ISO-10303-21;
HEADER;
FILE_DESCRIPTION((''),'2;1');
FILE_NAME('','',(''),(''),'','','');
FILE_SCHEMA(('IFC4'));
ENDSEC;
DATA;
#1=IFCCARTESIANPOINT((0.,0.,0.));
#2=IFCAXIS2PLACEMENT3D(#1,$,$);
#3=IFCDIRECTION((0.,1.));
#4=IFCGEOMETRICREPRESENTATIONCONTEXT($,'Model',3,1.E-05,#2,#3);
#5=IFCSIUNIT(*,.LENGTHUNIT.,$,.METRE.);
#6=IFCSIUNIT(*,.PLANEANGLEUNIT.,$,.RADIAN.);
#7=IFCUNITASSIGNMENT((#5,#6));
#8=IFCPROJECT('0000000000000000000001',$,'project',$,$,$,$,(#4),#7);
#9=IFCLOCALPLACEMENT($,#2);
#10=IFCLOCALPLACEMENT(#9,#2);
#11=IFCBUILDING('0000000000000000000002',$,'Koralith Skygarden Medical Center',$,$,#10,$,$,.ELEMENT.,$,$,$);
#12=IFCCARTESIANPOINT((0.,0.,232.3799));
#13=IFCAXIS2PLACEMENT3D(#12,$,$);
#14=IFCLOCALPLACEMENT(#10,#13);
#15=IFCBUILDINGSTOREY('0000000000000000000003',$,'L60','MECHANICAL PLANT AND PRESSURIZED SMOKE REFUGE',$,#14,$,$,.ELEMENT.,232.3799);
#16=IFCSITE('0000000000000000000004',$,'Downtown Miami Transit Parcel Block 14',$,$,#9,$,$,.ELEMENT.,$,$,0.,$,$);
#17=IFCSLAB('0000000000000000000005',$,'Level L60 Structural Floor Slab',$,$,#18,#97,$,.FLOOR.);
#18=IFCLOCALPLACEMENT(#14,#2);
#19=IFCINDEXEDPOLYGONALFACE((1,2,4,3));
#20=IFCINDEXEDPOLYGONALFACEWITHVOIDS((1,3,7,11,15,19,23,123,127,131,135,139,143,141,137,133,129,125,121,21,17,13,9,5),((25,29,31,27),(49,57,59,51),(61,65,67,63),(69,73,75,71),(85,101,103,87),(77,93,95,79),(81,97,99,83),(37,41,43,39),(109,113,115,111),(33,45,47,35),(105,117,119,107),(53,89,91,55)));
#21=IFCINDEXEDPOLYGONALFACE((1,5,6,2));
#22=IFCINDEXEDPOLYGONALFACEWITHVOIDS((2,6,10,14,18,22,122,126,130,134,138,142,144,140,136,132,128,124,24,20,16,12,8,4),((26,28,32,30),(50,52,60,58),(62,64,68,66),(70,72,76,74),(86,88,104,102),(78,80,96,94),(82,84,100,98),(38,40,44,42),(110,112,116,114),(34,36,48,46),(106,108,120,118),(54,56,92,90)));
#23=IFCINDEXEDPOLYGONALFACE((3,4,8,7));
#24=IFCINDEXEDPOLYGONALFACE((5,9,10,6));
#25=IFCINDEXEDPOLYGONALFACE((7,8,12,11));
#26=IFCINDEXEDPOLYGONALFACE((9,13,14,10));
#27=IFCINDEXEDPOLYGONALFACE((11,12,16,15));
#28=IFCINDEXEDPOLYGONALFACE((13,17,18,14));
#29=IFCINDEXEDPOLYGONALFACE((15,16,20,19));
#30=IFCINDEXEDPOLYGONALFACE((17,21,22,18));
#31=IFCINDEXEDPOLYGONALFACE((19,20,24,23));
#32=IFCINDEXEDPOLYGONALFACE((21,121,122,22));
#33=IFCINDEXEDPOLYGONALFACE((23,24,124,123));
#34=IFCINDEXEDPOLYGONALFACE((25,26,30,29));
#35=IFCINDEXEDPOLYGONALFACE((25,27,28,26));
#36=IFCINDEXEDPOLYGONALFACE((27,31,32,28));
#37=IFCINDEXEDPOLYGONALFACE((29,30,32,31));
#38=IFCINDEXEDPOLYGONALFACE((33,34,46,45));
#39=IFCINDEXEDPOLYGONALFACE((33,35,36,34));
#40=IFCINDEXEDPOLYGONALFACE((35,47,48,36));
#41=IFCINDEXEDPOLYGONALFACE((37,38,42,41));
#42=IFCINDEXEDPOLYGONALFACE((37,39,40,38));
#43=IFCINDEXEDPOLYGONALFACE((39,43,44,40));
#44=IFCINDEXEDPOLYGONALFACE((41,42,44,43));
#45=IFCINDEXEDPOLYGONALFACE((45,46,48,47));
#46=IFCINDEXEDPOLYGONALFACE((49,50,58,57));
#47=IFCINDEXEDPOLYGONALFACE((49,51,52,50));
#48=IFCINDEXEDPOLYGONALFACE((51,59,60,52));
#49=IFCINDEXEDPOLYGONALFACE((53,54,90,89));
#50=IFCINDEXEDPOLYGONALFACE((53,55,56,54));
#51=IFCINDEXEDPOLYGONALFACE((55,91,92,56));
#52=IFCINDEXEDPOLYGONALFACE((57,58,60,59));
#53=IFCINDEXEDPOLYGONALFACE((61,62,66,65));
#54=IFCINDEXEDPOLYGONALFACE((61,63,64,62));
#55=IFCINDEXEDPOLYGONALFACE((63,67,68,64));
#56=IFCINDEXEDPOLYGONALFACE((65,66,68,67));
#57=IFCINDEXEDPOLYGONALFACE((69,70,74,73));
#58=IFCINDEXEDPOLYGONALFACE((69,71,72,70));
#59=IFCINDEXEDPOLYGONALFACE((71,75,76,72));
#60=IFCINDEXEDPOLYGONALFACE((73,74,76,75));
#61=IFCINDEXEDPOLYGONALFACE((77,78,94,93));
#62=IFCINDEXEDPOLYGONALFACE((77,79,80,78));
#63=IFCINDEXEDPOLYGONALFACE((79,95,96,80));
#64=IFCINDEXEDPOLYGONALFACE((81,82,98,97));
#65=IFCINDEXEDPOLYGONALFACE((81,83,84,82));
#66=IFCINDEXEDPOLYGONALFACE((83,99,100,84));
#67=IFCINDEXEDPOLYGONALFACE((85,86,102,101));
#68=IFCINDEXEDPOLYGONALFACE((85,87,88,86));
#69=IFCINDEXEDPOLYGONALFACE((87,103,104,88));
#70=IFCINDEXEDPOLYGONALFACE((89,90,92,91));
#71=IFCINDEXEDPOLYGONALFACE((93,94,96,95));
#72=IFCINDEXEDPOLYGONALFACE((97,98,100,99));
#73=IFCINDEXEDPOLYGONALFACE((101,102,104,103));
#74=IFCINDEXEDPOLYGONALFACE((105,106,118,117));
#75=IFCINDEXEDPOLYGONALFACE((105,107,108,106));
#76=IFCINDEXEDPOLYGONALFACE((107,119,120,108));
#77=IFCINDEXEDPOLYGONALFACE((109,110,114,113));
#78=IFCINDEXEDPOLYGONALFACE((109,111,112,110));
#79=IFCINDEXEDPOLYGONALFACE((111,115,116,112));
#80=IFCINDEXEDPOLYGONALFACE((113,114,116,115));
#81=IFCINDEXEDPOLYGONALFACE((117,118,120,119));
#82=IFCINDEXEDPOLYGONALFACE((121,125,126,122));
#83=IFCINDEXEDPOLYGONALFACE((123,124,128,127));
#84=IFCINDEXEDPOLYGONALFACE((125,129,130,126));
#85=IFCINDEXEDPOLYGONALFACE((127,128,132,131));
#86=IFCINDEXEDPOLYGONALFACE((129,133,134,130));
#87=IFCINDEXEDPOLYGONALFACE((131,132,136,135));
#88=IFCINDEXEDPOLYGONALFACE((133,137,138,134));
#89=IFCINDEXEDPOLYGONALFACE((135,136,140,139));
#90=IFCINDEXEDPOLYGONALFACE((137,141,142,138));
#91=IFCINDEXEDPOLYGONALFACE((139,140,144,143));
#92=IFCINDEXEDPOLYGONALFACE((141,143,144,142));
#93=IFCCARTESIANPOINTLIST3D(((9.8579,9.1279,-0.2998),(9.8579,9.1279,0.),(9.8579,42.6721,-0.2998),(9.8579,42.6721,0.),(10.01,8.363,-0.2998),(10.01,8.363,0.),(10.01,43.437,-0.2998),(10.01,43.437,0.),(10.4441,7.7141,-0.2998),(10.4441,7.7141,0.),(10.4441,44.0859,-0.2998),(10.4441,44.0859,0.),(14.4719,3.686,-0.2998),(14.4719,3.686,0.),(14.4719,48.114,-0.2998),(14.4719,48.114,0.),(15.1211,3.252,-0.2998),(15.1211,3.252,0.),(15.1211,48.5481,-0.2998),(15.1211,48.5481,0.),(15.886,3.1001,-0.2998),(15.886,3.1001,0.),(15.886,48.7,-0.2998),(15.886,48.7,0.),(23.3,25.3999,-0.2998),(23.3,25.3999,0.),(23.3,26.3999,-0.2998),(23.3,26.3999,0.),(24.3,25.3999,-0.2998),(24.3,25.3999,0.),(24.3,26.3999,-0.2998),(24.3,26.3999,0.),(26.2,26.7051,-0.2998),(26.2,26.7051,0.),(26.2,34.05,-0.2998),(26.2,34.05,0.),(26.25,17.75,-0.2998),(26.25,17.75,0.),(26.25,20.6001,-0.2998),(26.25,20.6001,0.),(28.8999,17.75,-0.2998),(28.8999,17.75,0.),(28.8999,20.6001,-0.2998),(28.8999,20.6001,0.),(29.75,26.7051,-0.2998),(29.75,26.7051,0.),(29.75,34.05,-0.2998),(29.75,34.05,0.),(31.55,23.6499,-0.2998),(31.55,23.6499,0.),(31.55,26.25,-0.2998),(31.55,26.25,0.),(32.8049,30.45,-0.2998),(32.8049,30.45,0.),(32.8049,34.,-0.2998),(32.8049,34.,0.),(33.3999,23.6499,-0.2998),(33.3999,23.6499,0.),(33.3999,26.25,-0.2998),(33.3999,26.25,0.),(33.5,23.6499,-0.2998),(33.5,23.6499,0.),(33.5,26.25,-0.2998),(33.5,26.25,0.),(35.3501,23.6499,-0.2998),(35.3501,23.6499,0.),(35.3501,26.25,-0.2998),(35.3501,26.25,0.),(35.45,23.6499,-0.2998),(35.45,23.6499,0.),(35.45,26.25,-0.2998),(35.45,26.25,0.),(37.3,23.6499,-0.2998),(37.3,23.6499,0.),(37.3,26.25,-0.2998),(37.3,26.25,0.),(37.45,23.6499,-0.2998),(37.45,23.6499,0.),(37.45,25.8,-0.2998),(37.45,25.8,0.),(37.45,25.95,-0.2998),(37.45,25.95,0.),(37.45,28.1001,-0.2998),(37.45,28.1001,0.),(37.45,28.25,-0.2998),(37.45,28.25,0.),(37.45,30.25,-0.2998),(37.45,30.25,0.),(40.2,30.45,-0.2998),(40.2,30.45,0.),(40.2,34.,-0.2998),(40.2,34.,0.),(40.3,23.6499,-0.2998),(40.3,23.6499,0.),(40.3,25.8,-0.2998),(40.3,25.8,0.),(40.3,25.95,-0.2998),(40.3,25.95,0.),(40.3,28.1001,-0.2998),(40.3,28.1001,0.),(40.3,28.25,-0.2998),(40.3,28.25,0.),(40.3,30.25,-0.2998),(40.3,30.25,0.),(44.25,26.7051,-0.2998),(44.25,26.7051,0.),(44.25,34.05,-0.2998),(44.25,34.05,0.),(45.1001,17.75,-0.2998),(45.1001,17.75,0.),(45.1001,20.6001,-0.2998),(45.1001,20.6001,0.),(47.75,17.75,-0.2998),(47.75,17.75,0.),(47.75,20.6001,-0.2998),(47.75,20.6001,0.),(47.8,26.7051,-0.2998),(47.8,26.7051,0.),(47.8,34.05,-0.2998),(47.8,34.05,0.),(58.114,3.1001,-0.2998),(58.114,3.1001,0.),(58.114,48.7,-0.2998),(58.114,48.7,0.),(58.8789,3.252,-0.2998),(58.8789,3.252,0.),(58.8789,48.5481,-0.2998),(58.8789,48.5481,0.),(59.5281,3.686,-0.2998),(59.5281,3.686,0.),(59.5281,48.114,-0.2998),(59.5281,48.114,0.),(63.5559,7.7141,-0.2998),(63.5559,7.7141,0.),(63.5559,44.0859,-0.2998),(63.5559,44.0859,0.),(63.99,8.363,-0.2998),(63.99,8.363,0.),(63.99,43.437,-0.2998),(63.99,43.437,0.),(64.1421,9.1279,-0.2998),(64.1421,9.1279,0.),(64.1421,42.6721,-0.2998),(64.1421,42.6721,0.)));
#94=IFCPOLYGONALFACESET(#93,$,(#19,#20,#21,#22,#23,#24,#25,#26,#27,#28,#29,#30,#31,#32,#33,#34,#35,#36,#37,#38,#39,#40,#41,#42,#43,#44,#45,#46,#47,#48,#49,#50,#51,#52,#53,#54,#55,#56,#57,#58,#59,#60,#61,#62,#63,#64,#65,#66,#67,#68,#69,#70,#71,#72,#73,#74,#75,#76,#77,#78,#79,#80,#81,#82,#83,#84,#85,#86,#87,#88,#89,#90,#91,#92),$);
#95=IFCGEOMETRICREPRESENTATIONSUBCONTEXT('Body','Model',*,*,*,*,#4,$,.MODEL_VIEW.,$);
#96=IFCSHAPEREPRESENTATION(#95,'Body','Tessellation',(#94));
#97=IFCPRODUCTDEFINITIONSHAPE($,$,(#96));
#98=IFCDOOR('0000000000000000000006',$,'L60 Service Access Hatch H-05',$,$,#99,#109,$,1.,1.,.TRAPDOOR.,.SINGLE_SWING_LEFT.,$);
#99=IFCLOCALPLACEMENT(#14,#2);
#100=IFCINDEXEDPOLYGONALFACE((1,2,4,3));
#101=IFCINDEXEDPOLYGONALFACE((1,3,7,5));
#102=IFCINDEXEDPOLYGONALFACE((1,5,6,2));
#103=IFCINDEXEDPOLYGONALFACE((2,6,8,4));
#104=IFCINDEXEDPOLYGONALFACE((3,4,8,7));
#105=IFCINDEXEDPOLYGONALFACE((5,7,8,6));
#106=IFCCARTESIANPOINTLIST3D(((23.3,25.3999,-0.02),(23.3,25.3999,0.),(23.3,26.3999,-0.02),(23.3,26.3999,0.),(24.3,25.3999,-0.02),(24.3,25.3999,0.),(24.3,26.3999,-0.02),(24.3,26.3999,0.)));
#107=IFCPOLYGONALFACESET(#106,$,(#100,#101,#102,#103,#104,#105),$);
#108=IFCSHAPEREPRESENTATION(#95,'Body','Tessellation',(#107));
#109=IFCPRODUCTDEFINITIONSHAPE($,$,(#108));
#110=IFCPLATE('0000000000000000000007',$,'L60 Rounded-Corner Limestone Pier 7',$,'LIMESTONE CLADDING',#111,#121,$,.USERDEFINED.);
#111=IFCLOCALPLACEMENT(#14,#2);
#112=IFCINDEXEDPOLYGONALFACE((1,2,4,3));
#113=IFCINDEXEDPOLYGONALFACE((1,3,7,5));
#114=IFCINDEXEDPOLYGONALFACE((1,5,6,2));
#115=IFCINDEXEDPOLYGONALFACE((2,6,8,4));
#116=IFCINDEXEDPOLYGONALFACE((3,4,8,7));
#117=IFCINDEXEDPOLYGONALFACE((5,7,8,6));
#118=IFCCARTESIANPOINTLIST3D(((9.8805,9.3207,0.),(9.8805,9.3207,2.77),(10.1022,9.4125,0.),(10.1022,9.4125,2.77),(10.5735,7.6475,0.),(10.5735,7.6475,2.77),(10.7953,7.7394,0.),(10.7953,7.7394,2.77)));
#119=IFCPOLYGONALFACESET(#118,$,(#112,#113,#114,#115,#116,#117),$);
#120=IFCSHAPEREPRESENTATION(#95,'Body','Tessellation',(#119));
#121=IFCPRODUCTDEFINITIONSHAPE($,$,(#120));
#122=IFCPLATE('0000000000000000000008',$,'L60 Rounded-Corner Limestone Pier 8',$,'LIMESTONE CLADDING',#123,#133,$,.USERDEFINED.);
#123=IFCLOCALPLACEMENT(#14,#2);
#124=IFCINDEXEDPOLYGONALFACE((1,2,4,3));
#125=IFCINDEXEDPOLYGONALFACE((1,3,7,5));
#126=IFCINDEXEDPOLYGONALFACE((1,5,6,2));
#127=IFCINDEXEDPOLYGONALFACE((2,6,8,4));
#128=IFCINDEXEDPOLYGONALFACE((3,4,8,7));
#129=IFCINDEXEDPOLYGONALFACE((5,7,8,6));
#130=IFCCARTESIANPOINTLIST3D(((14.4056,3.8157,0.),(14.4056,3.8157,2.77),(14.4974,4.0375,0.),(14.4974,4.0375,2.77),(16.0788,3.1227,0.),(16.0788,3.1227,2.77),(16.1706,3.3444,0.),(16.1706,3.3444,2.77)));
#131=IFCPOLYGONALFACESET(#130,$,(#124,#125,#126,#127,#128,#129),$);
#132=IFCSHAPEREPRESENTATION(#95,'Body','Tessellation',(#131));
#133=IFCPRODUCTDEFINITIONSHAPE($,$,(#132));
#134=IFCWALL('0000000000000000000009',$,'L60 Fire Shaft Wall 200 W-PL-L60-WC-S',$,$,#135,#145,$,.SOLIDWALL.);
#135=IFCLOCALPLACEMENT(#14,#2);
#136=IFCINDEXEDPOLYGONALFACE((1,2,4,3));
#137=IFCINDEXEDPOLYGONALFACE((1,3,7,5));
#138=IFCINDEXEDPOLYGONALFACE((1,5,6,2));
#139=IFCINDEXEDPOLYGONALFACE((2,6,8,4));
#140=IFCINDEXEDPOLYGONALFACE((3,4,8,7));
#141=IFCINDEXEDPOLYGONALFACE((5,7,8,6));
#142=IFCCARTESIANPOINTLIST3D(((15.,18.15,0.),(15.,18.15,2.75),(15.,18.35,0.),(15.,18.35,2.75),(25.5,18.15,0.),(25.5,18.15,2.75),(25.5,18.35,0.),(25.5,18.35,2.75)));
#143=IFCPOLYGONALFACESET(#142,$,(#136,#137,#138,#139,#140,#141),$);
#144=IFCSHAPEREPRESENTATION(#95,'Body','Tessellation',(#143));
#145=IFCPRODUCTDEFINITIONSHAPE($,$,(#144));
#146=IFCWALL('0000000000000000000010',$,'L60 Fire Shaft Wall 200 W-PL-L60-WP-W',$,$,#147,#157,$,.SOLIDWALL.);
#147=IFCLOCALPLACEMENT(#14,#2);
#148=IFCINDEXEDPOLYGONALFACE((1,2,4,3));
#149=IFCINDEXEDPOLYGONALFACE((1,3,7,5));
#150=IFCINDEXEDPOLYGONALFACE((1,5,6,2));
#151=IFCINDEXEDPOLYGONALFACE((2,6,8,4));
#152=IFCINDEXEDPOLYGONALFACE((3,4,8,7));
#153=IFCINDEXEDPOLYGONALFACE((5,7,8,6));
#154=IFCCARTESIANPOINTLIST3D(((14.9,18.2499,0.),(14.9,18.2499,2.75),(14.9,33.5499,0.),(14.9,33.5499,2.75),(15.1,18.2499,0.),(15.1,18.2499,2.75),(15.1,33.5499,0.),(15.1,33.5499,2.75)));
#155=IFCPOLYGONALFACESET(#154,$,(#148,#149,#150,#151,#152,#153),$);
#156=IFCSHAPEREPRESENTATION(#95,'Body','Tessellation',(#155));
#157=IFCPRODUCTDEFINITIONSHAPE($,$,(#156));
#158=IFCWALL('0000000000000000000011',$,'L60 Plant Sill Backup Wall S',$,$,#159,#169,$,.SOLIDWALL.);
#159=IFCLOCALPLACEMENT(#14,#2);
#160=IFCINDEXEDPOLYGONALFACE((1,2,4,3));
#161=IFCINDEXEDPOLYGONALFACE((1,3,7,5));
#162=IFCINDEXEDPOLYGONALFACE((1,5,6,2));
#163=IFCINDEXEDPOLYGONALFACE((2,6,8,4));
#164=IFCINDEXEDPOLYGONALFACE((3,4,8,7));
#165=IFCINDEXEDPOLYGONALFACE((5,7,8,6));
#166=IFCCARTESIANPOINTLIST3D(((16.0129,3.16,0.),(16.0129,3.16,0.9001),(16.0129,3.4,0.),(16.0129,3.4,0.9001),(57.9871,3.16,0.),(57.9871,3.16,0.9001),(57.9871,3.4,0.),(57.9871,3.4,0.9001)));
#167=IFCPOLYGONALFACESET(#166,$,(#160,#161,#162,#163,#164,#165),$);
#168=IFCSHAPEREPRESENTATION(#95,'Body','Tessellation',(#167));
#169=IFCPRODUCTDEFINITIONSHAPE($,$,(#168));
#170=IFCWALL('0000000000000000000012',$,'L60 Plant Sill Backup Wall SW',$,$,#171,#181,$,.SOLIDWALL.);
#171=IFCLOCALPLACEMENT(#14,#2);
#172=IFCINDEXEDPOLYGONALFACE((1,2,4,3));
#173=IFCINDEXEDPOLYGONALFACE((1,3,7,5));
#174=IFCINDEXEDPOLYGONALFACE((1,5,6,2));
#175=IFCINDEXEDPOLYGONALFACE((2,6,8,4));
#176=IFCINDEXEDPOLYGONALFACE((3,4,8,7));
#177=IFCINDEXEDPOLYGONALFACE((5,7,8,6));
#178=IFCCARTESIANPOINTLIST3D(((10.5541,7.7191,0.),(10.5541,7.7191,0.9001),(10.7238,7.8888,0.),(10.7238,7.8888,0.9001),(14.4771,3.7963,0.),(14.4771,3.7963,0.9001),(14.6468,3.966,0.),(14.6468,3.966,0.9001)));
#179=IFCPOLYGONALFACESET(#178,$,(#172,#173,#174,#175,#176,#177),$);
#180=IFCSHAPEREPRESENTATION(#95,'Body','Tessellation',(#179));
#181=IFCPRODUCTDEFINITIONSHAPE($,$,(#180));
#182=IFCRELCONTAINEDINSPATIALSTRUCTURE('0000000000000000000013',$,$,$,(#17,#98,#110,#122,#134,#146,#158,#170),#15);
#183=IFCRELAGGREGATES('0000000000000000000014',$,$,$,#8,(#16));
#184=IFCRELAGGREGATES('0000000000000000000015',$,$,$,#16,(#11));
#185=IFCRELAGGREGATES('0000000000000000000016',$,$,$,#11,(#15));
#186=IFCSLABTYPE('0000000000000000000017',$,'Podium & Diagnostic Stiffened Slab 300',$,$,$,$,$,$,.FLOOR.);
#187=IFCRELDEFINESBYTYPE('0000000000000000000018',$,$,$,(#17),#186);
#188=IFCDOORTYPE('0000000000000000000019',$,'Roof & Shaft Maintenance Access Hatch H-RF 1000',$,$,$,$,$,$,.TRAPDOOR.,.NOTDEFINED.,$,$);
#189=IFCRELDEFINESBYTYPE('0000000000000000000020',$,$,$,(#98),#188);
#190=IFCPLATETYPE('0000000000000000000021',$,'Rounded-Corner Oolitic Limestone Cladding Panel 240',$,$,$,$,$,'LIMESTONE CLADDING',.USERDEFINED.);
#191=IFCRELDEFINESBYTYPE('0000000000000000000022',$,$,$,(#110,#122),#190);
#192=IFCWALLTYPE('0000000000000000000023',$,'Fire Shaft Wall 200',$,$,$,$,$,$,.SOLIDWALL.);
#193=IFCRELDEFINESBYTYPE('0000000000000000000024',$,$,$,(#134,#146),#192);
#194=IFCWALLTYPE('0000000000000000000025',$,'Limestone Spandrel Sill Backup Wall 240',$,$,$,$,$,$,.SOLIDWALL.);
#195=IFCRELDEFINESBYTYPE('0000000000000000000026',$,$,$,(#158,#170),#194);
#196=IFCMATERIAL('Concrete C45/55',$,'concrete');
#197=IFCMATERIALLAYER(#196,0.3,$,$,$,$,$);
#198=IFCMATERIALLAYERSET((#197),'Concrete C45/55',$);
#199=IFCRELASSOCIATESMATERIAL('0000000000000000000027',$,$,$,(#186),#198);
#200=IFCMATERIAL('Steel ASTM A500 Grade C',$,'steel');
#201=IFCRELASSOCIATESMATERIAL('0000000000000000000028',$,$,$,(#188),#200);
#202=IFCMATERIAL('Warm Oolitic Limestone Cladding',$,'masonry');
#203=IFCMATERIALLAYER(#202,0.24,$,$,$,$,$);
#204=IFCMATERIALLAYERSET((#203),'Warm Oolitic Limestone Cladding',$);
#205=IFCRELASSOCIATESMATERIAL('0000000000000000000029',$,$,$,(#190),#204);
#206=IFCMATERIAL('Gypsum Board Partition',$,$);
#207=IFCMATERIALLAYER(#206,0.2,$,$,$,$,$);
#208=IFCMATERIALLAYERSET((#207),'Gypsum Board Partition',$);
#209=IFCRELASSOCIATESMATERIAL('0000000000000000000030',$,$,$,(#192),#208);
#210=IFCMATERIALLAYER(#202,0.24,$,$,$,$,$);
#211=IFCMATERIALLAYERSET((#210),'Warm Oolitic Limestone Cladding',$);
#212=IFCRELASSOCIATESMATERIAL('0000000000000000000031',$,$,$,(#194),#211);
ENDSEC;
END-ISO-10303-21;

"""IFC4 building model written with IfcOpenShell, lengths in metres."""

from ifc_helpers import new_model, si_unit, direction, frame, frame_2d, origin, origin_2d, place, context, subcontext, project, spatial, polyline, rectangle, outline, extrude, material, layer, layer_set, type_object, element, fill, save


model = new_model("IFC4")

# Units and contexts
model_context = context("Model", 3, precision=1e-05, world=origin(), true_north=direction((0.0, 1.0)))
body_context = subcontext(model_context, "Body", "Model", "MODEL_VIEW")
ifc_project = project(units=[si_unit("LENGTHUNIT", "METRE"), si_unit("PLANEANGLEUNIT", "RADIAN")], contexts=[model_context])

# Site, building, storey
site_placement = place(None, origin())
site = spatial("IfcSite", under=ifc_project, at=site_placement, Name="Downtown Miami Transit Parcel Block 14", CompositionType="ELEMENT", RefElevation=0.0)
building_placement = place(site_placement, origin())
building = spatial("IfcBuilding", under=site, at=building_placement, Name="Koralith Skygarden Medical Center", CompositionType="ELEMENT")
storey_placement = place(building_placement, frame((0.0, 0.0, 232.3799)))
storey = spatial("IfcBuildingStorey", under=building, at=storey_placement, Name="L60", Description="MECHANICAL PLANT AND PRESSURIZED SMOKE REFUGE", CompositionType="ELEMENT", Elevation=232.3799)

# Shared definitions
ifc_material_1 = material(Name="Steel ASTM A500 Grade C", Category="steel")

# Shared definitions
ifc_material_2 = material(Name="Concrete C45/55", Category="concrete")

# Slab, opening, door
ifc_layer_1 = layer(ifc_material_2, 0.3)
ifc_layer_set_1 = layer_set([ifc_layer_1], Name="Concrete C45/55")
slab_type_1 = type_object("IfcSlabType", Name="Podium & Diagnostic Stiffened Slab 300", PredefinedType="FLOOR", material=ifc_layer_set_1)
slab_1_placement = place(storey_placement, frame((0.0, 0.0, -0.2998)))
slab_1 = element("IfcSlab", 1, at=slab_1_placement, inside=storey, type_object=slab_type_1, Name="Level L60 Structural Floor Slab", PredefinedType="FLOOR", context=body_context, shape_type="SweptSolid", body=[
    extrude(outline(polyline([(14.4719, 3.686), (15.1211, 3.252), (15.886, 3.1001), (58.114, 3.1001), (58.8789, 3.252), (59.5281, 3.686), (63.5559, 7.7141), (63.99, 8.363), (64.1421, 9.1279), (64.1421, 42.6721), (63.99, 43.437), (63.5559, 44.0859), (59.5281, 48.114), (58.8789, 48.5481), (58.114, 48.7), (15.886, 48.7), (15.1211, 48.5481), (14.4719, 48.114), (10.4441, 44.0859), (10.01, 43.437), (9.8579, 42.6721), (9.8579, 9.1279), (10.01, 8.363), (10.4441, 7.7141), (14.4719, 3.686)]), holes=[polyline([(26.2, 26.7051), (29.75, 26.7051), (29.75, 34.05), (26.2, 34.05), (26.2, 26.7051)]), polyline([(44.25, 26.7051), (47.8, 26.7051), (47.8, 34.05), (44.25, 34.05), (44.25, 26.7051)]), polyline([(32.8049, 30.45), (40.2, 30.45), (40.2, 34.0), (32.8049, 34.0), (32.8049, 30.45)]), polyline([(26.25, 17.75), (28.8999, 17.75), (28.8999, 20.6001), (26.25, 20.6001), (26.25, 17.75)]), polyline([(45.1001, 17.75), (47.75, 17.75), (47.75, 20.6001), (45.1001, 20.6001), (45.1001, 17.75)]), polyline([(31.55, 23.6499), (33.3999, 23.6499), (33.3999, 26.25), (31.55, 26.25), (31.55, 23.6499)]), polyline([(33.5, 23.6499), (35.3501, 23.6499), (35.3501, 26.25), (33.5, 26.25), (33.5, 23.6499)]), polyline([(35.45, 23.6499), (37.3, 23.6499), (37.3, 26.25), (35.45, 26.25), (35.45, 23.6499)]), polyline([(37.45, 23.6499), (40.3, 23.6499), (40.3, 25.8), (37.45, 25.8), (37.45, 23.6499)]), polyline([(37.45, 25.95), (40.3, 25.95), (40.3, 28.1001), (37.45, 28.1001), (37.45, 25.95)]), polyline([(37.45, 28.25), (40.3, 28.25), (40.3, 30.25), (37.45, 30.25), (37.45, 28.25)])]), origin(), (0.0, 0.0, 1.0), 0.2998),
])
opening_placement = place(slab_1_placement, frame((23.8, 25.8999, -0.01)))
opening = element("IfcOpeningElement", 2, at=opening_placement, cuts=slab_1, PredefinedType="OPENING", context=body_context, shape_type="SweptSolid", body=[
    extrude(rectangle(XDim=1.0, YDim=1.0, at=origin_2d()), origin(), (0.0, 0.0, 1.0), 0.3198),
])
door_type = type_object("IfcDoorType", Name="Roof & Shaft Maintenance Access Hatch H-RF 1000", OperationType="NOTDEFINED", PredefinedType="TRAPDOOR", material=ifc_material_1)
door_placement = place(opening_placement, frame((0.0, 0.0, 0.2898)))
door = element("IfcDoor", 3, at=door_placement, inside=storey, type_object=door_type, Name="L60 Service Access Hatch H-05", OperationType="SINGLE_SWING_LEFT", OverallHeight=1.0, OverallWidth=1.0, PredefinedType="TRAPDOOR", context=body_context, shape_type="SweptSolid", body=[
    extrude(rectangle(XDim=1.0, YDim=1.0, at=origin_2d()), origin(), (0.0, 0.0, 1.0), 0.02),
])
fill(opening, door)

# Plates
ifc_material_3 = material(Name="Warm Oolitic Limestone Cladding", Category="masonry")
ifc_layer_2 = layer(ifc_material_3, 0.24)
ifc_layer_set_2 = layer_set([ifc_layer_2], Name="Warm Oolitic Limestone Cladding")
plate_type_1 = type_object("IfcPlateType", Name="Rounded-Corner Oolitic Limestone Cladding Panel 240", ElementType="LIMESTONE CLADDING", PredefinedType="USERDEFINED", material=ifc_layer_set_2)
for number, where, z_axis, x_axis, name in (
    (4, (10.3379, 8.53, 0.0), (0.0, 0.0, 1.0), (0.382671, -0.923885, 0.0), "L60 Rounded-Corner Limestone Pier 7"),
    (5, (15.2881, 3.5801, 0.0), (0.0, 0.0, 1.0), (0.923885, -0.382671, 0.0), "L60 Rounded-Corner Limestone Pier 8"),
):
    element("IfcPlate", number, at=place(storey_placement, frame(where, z_axis=z_axis, x_axis=x_axis)), inside=storey, type_object=plate_type_1, Name=name, ObjectType="LIMESTONE CLADDING", PredefinedType="USERDEFINED", context=body_context, shape_type="SweptSolid", body=[
        extrude(rectangle(XDim=1.811, YDim=0.24, at=origin_2d()), origin(), (0.0, 0.0, 1.0), 2.77),
    ])

# Walls
ifc_material_4 = material(Name="Gypsum Board Partition")
ifc_layer_3 = layer(ifc_material_4, 0.2)
ifc_layer_set_3 = layer_set([ifc_layer_3], Name="Gypsum Board Partition")
wall_type_1 = type_object("IfcWallType", Name="Fire Shaft Wall 200", PredefinedType="SOLIDWALL", material=ifc_layer_set_3)
wall_1_placement = place(storey_placement, frame((15.0, 18.25, 0.0), z_axis=(0.0, 0.0, 1.0), x_axis=(1.0, 0.0, 0.0)))
element("IfcWall", 6, at=wall_1_placement, inside=storey, type_object=wall_type_1, Name="L60 Fire Shaft Wall 200 W-PL-L60-WC-S", PredefinedType="SOLIDWALL", context=body_context, shape_type="SweptSolid", body=[
    extrude(rectangle(XDim=10.5, YDim=0.2, at=frame_2d((5.25, 0.0))), origin(), (0.0, 0.0, 1.0), 2.75),
])
wall_2_placement = place(storey_placement, frame((15.0, 18.25, 0.0), z_axis=(0.0, 0.0, 1.0), x_axis=(0.0, 1.0, 0.0)))
element("IfcWall", 7, at=wall_2_placement, inside=storey, type_object=wall_type_1, Name="L60 Fire Shaft Wall 200 W-PL-L60-WP-W", PredefinedType="SOLIDWALL", context=body_context, shape_type="SweptSolid", body=[
    extrude(rectangle(XDim=15.3, YDim=0.2, at=frame_2d((7.6499, 0.0))), origin(), (0.0, 0.0, 1.0), 2.75),
])
ifc_layer_4 = layer(ifc_material_3, 0.24)
ifc_layer_set_4 = layer_set([ifc_layer_4], Name="Warm Oolitic Limestone Cladding")
wall_type_2 = type_object("IfcWallType", Name="Limestone Spandrel Sill Backup Wall 240", PredefinedType="SOLIDWALL", material=ifc_layer_set_4)
wall_3_placement = place(storey_placement, frame((16.0129, 3.28, 0.0), z_axis=(0.0, 0.0, 1.0), x_axis=(1.0, 0.0, 0.0)))
element("IfcWall", 8, at=wall_3_placement, inside=storey, type_object=wall_type_2, Name="L60 Plant Sill Backup Wall S", PredefinedType="SOLIDWALL", context=body_context, shape_type="SweptSolid", body=[
    extrude(rectangle(XDim=41.9741, YDim=0.24, at=frame_2d((20.9871, 0.0))), origin(), (0.0, 0.0, 1.0), 0.9001),
])
wall_4_placement = place(storey_placement, frame((10.6389, 7.804, 0.0), z_axis=(0.0, 0.0, 1.0), x_axis=(0.707129, -0.707085, 0.0)))
element("IfcWall", 9, at=wall_4_placement, inside=storey, type_object=wall_type_2, Name="L60 Plant Sill Backup Wall SW", PredefinedType="SOLIDWALL", context=body_context, shape_type="SweptSolid", body=[
    extrude(rectangle(XDim=5.5479, YDim=0.24, at=frame_2d((2.7739, 0.0))), origin(), (0.0, 0.0, 1.0), 0.9001),
])

save(model, "model.ifc")
